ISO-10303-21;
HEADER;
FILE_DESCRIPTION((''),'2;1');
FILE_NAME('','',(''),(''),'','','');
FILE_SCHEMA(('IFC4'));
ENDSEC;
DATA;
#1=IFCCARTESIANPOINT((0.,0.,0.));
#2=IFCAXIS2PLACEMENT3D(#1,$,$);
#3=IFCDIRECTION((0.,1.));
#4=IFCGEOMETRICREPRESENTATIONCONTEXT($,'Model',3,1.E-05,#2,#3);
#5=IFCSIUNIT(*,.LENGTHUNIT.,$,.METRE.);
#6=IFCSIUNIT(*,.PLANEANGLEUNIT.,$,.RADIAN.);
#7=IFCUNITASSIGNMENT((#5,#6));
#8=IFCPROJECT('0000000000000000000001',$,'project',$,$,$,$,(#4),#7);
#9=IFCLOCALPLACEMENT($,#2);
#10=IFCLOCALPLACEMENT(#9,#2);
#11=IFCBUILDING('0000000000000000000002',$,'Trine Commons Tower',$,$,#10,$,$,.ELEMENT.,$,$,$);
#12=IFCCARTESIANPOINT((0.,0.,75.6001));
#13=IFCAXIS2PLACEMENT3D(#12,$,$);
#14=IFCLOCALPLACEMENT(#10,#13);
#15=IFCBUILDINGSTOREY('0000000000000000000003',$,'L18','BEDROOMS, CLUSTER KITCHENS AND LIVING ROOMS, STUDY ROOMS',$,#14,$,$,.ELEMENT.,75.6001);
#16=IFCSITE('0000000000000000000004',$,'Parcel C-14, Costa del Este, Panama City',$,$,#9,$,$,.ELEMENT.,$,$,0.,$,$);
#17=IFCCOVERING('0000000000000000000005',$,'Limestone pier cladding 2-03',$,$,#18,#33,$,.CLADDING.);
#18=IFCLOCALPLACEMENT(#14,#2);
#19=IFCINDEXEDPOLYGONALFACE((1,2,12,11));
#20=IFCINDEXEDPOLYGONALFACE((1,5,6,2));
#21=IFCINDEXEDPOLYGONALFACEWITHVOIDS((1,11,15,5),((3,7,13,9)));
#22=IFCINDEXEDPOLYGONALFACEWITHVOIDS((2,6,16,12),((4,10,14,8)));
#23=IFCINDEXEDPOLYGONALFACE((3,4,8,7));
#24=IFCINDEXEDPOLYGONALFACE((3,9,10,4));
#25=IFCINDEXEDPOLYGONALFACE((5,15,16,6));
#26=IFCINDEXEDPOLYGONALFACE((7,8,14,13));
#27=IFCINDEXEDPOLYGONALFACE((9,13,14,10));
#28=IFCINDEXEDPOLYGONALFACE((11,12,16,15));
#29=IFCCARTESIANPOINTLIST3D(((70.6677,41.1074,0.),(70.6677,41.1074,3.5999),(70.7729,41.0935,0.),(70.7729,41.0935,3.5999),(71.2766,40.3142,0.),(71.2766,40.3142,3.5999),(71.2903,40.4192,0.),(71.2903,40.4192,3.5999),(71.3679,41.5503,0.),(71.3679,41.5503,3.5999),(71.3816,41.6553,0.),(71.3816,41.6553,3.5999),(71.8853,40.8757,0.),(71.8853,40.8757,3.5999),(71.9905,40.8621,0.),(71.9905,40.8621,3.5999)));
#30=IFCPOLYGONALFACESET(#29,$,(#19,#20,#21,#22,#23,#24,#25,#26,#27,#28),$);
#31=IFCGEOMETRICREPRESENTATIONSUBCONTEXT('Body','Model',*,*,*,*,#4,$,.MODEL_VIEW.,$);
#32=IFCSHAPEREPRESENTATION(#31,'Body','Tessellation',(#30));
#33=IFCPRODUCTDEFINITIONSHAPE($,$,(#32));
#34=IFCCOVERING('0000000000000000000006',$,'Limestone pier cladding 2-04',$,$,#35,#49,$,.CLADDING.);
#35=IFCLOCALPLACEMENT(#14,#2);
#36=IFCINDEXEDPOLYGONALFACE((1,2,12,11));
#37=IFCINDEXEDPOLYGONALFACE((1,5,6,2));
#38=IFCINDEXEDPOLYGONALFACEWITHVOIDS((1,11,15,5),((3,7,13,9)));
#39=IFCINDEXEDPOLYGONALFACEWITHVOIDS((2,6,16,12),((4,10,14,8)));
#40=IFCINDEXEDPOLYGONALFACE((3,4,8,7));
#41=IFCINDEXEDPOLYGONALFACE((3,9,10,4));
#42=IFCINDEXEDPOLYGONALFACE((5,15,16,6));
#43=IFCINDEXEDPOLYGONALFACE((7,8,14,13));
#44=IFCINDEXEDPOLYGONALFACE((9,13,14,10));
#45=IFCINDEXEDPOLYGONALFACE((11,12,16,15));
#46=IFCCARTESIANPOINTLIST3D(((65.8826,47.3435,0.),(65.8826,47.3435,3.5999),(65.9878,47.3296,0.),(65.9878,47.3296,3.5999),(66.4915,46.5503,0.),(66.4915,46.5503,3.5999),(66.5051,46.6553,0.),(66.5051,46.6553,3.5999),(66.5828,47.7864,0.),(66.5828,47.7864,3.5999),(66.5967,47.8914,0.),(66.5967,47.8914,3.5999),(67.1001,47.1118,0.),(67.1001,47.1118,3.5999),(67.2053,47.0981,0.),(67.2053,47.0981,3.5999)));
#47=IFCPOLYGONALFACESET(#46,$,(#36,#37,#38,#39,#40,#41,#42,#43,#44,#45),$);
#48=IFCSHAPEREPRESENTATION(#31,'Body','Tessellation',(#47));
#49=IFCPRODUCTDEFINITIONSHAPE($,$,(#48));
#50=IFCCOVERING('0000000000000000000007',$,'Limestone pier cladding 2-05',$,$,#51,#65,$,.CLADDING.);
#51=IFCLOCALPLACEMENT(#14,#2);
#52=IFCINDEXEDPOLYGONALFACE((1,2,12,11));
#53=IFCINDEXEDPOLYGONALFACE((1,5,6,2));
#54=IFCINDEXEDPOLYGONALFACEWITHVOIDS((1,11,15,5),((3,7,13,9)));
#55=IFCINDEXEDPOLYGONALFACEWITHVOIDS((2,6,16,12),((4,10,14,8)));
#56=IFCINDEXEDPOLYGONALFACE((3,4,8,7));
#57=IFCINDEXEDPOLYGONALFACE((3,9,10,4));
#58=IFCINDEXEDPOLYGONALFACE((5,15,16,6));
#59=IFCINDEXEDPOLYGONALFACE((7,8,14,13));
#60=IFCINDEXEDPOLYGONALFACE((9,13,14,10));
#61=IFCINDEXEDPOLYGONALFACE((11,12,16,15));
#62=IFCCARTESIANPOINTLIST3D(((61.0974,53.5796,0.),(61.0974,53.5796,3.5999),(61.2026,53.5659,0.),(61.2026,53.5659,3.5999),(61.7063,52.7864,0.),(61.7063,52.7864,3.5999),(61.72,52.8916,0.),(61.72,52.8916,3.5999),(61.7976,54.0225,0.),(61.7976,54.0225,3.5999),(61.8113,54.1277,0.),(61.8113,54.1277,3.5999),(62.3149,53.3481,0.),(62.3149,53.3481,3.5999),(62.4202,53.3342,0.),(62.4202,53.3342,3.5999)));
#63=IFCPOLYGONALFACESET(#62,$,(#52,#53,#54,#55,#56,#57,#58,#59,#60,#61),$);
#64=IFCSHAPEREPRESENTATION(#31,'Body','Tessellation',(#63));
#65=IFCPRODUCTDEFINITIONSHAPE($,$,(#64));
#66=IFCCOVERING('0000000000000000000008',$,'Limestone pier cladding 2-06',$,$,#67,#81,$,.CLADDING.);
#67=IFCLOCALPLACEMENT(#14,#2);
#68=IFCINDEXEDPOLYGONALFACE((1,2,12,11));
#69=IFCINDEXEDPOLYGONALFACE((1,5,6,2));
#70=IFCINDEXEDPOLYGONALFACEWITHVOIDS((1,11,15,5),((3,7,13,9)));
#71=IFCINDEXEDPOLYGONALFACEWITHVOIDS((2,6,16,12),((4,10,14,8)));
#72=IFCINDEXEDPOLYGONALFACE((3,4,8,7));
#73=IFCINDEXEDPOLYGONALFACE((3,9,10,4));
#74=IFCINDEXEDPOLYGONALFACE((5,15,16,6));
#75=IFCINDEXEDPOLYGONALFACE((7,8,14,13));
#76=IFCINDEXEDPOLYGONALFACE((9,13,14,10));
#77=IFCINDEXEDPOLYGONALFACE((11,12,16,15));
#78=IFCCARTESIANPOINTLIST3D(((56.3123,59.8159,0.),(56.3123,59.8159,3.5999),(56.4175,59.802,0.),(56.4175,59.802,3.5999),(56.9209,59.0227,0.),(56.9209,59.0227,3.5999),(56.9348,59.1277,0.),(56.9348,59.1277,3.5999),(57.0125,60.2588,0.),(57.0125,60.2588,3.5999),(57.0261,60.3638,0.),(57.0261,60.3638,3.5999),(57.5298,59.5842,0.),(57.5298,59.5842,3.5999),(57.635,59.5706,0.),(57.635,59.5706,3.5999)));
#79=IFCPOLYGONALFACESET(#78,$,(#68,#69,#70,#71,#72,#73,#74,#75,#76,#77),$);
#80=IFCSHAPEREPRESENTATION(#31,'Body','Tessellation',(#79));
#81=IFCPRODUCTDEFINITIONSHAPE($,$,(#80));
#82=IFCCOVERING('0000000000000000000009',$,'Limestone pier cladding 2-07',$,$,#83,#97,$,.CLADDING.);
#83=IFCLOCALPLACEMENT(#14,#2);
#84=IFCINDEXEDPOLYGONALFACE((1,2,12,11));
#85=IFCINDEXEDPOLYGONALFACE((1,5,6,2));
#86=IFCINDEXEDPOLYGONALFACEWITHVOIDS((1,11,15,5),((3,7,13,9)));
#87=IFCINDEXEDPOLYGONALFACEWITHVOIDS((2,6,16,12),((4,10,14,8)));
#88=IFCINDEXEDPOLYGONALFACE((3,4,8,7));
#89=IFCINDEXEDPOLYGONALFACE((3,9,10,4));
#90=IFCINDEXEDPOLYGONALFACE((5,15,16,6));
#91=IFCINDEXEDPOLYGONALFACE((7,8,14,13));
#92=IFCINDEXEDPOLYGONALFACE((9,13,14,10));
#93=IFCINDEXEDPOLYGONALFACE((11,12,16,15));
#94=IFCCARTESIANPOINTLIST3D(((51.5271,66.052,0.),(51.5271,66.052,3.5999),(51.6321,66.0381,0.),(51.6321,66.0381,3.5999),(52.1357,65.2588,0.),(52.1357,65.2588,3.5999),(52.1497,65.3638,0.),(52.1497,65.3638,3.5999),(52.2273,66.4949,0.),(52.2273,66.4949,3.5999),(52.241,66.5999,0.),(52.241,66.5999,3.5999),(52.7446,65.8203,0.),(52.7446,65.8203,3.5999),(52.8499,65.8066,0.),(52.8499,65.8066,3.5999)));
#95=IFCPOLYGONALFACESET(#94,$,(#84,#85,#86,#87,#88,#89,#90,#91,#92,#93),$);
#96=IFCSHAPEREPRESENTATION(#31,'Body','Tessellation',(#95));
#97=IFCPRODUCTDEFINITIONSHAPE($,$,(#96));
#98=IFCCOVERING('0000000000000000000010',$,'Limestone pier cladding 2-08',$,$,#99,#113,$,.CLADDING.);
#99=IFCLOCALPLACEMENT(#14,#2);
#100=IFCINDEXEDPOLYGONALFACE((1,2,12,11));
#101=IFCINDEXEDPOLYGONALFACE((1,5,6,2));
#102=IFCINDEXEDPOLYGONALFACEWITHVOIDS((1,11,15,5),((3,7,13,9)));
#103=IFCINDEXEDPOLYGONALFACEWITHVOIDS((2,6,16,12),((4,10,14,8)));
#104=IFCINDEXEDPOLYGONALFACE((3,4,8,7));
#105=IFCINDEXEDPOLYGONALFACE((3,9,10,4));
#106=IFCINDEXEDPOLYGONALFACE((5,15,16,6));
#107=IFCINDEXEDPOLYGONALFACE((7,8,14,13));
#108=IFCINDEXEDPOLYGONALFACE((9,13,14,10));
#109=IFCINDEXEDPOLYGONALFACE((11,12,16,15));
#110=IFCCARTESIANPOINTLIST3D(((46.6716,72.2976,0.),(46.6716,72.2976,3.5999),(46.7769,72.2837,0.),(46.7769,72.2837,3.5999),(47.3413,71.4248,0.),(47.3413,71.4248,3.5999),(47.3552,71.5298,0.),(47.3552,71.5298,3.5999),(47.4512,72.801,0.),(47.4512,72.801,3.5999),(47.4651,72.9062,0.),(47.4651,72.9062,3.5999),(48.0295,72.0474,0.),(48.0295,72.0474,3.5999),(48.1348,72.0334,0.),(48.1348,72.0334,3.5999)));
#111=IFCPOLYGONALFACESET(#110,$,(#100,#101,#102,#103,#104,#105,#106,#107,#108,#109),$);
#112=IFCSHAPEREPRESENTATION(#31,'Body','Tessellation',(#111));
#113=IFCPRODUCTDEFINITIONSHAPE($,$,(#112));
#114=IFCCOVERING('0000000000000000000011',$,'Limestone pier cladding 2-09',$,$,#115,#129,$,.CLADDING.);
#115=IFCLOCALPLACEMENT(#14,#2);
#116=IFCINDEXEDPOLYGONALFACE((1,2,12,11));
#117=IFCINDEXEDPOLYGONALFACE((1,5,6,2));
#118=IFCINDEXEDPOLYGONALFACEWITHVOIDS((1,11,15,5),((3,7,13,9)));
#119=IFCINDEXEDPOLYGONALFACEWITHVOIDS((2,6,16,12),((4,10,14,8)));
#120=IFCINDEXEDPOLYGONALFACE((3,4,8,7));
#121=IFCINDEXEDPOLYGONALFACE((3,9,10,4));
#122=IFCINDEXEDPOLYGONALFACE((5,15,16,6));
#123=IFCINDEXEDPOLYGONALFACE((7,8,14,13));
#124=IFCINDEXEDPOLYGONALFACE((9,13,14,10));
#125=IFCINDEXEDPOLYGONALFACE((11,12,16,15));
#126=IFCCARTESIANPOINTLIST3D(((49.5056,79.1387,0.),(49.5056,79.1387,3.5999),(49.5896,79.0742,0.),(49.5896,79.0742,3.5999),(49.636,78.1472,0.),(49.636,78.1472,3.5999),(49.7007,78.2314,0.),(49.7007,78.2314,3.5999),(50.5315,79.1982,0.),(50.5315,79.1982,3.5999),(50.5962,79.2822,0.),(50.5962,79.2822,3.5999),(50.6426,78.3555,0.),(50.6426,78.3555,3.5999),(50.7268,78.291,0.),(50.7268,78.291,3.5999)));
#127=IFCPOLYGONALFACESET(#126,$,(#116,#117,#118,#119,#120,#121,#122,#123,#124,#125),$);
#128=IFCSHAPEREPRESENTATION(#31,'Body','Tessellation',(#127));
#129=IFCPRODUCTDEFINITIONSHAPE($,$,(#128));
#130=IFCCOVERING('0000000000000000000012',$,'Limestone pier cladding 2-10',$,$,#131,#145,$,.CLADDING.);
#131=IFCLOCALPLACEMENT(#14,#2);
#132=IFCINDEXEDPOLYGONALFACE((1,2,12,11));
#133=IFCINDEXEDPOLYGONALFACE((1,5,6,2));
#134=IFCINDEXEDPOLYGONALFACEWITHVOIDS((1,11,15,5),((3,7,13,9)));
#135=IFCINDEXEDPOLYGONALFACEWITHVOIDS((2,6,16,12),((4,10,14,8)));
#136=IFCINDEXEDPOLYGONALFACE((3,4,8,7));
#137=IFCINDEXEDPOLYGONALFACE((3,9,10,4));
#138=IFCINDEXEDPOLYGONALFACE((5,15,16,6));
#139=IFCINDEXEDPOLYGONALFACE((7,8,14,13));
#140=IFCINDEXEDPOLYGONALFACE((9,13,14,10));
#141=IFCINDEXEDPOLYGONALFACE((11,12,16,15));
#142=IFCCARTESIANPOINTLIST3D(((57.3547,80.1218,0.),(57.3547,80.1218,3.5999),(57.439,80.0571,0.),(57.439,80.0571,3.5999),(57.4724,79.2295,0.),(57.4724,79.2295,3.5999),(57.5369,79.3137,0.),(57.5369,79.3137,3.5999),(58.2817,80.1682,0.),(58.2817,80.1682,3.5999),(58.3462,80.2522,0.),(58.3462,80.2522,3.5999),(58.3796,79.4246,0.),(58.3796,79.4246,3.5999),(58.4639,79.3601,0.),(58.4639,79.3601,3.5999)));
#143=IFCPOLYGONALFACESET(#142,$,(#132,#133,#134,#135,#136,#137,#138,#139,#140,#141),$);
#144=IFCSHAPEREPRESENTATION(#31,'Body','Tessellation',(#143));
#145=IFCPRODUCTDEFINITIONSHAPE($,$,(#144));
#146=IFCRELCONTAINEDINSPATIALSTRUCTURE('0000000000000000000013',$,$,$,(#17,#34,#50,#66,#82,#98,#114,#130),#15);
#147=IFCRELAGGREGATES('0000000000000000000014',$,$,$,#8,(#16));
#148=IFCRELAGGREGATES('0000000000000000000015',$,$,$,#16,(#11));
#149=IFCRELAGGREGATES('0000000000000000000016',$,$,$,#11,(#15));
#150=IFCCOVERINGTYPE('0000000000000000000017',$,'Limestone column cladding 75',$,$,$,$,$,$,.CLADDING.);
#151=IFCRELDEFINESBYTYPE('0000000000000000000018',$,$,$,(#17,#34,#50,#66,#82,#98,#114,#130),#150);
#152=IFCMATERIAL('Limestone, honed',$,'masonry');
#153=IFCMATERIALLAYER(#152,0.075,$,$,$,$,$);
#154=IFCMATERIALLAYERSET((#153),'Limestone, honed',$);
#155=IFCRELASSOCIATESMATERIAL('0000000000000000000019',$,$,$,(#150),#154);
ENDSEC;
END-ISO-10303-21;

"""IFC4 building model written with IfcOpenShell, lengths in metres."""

from ifc_helpers import new_model, si_unit, direction, frame, origin, place, context, subcontext, project, spatial, polyline, outline, extrude, material, layer, layer_set, type_object, element, save


model = new_model("IFC4")

# Units and contexts
model_context = context("Model", 3, precision=1e-05, world=origin(), true_north=direction((0.0, 1.0)))
body_context = subcontext(model_context, "Body", "Model", "MODEL_VIEW")
ifc_project = project(units=[si_unit("LENGTHUNIT", "METRE"), si_unit("PLANEANGLEUNIT", "RADIAN")], contexts=[model_context])

# Site, building, storey
site_placement = place(None, origin())
site = spatial("IfcSite", under=ifc_project, at=site_placement, Name="Parcel C-14, Costa del Este, Panama City", CompositionType="ELEMENT", RefElevation=0.0)
building_placement = place(site_placement, origin())
building = spatial("IfcBuilding", under=site, at=building_placement, Name="Trine Commons Tower", CompositionType="ELEMENT")
storey_placement = place(building_placement, frame((0.0, 0.0, 75.6001)))
storey = spatial("IfcBuildingStorey", under=building, at=storey_placement, Name="L18", Description="BEDROOMS, CLUSTER KITCHENS AND LIVING ROOMS, STUDY ROOMS", CompositionType="ELEMENT", Elevation=75.6001)

# Coverings
ifc_material_1 = material(Name="Limestone, honed", Category="masonry")
ifc_layer_1 = layer(ifc_material_1, 0.075)
ifc_layer_set_1 = layer_set([ifc_layer_1], Name="Limestone, honed")
covering_type_1 = type_object("IfcCoveringType", Name="Limestone column cladding 75", PredefinedType="CLADDING", material=ifc_layer_set_1)
covering_1_placement = place(storey_placement, origin())
element("IfcCovering", 1, at=covering_1_placement, inside=storey, type_object=covering_type_1, Name="Limestone pier cladding 2-03", PredefinedType="CLADDING", context=body_context, shape_type="SweptSolid", body=[
    extrude(outline(polyline([(71.3816, 41.6553), (70.6677, 41.1074), (71.2766, 40.3142), (71.9905, 40.8621), (71.3816, 41.6553)]), holes=[polyline([(71.3679, 41.5503), (70.7729, 41.0935), (71.2903, 40.4192), (71.8853, 40.8757), (71.3679, 41.5503)])]), origin(), (0.0, 0.0, 1.0), 3.5999),
])
covering_2_placement = place(storey_placement, origin())
element("IfcCovering", 2, at=covering_2_placement, inside=storey, type_object=covering_type_1, Name="Limestone pier cladding 2-04", PredefinedType="CLADDING", context=body_context, shape_type="SweptSolid", body=[
    extrude(outline(polyline([(66.5967, 47.8914), (65.8826, 47.3435), (66.4915, 46.5503), (67.2053, 47.0981), (66.5967, 47.8914)]), holes=[polyline([(66.5828, 47.7864), (65.9878, 47.3296), (66.5051, 46.6553), (67.1001, 47.1118), (66.5828, 47.7864)])]), origin(), (0.0, 0.0, 1.0), 3.5999),
])
covering_3_placement = place(storey_placement, origin())
element("IfcCovering", 3, at=covering_3_placement, inside=storey, type_object=covering_type_1, Name="Limestone pier cladding 2-05", PredefinedType="CLADDING", context=body_context, shape_type="SweptSolid", body=[
    extrude(outline(polyline([(61.8113, 54.1277), (61.0974, 53.5796), (61.7063, 52.7864), (62.4202, 53.3342), (61.8113, 54.1277)]), holes=[polyline([(61.7976, 54.0225), (61.2026, 53.5659), (61.72, 52.8916), (62.3149, 53.3481), (61.7976, 54.0225)])]), origin(), (0.0, 0.0, 1.0), 3.5999),
])
covering_4_placement = place(storey_placement, origin())
element("IfcCovering", 4, at=covering_4_placement, inside=storey, type_object=covering_type_1, Name="Limestone pier cladding 2-06", PredefinedType="CLADDING", context=body_context, shape_type="SweptSolid", body=[
    extrude(outline(polyline([(57.0261, 60.3638), (56.3123, 59.8159), (56.9209, 59.0227), (57.635, 59.5706), (57.0261, 60.3638)]), holes=[polyline([(57.0125, 60.2588), (56.4175, 59.802), (56.9348, 59.1277), (57.5298, 59.5842), (57.0125, 60.2588)])]), origin(), (0.0, 0.0, 1.0), 3.5999),
])
covering_5_placement = place(storey_placement, origin())
element("IfcCovering", 5, at=covering_5_placement, inside=storey, type_object=covering_type_1, Name="Limestone pier cladding 2-07", PredefinedType="CLADDING", context=body_context, shape_type="SweptSolid", body=[
    extrude(outline(polyline([(52.241, 66.5999), (51.5271, 66.052), (52.1357, 65.2588), (52.8499, 65.8066), (52.241, 66.5999)]), holes=[polyline([(52.2273, 66.4949), (51.6321, 66.0381), (52.1497, 65.3638), (52.7446, 65.8203), (52.2273, 66.4949)])]), origin(), (0.0, 0.0, 1.0), 3.5999),
])
covering_6_placement = place(storey_placement, origin())
element("IfcCovering", 6, at=covering_6_placement, inside=storey, type_object=covering_type_1, Name="Limestone pier cladding 2-08", PredefinedType="CLADDING", context=body_context, shape_type="SweptSolid", body=[
    extrude(outline(polyline([(47.4651, 72.9062), (46.6716, 72.2976), (47.3413, 71.4248), (48.1348, 72.0334), (47.4651, 72.9062)]), holes=[polyline([(47.4512, 72.801), (46.7769, 72.2837), (47.3552, 71.5298), (48.0295, 72.0474), (47.4512, 72.801)])]), origin(), (0.0, 0.0, 1.0), 3.5999),
])
covering_7_placement = place(storey_placement, origin())
element("IfcCovering", 7, at=covering_7_placement, inside=storey, type_object=covering_type_1, Name="Limestone pier cladding 2-09", PredefinedType="CLADDING", context=body_context, shape_type="SweptSolid", body=[
    extrude(outline(polyline([(50.7268, 78.291), (50.5962, 79.2822), (49.5056, 79.1387), (49.636, 78.1472), (50.7268, 78.291)]), holes=[polyline([(50.6426, 78.3555), (50.5315, 79.1982), (49.5896, 79.0742), (49.7007, 78.2314), (50.6426, 78.3555)])]), origin(), (0.0, 0.0, 1.0), 3.5999),
])
covering_8_placement = place(storey_placement, origin())
element("IfcCovering", 8, at=covering_8_placement, inside=storey, type_object=covering_type_1, Name="Limestone pier cladding 2-10", PredefinedType="CLADDING", context=body_context, shape_type="SweptSolid", body=[
    extrude(outline(polyline([(58.4639, 79.3601), (58.3462, 80.2522), (57.3547, 80.1218), (57.4724, 79.2295), (58.4639, 79.3601)]), holes=[polyline([(58.3796, 79.4246), (58.2817, 80.1682), (57.439, 80.0571), (57.5369, 79.3137), (58.3796, 79.4246)])]), origin(), (0.0, 0.0, 1.0), 3.5999),
])

save(model, "model.ifc")
